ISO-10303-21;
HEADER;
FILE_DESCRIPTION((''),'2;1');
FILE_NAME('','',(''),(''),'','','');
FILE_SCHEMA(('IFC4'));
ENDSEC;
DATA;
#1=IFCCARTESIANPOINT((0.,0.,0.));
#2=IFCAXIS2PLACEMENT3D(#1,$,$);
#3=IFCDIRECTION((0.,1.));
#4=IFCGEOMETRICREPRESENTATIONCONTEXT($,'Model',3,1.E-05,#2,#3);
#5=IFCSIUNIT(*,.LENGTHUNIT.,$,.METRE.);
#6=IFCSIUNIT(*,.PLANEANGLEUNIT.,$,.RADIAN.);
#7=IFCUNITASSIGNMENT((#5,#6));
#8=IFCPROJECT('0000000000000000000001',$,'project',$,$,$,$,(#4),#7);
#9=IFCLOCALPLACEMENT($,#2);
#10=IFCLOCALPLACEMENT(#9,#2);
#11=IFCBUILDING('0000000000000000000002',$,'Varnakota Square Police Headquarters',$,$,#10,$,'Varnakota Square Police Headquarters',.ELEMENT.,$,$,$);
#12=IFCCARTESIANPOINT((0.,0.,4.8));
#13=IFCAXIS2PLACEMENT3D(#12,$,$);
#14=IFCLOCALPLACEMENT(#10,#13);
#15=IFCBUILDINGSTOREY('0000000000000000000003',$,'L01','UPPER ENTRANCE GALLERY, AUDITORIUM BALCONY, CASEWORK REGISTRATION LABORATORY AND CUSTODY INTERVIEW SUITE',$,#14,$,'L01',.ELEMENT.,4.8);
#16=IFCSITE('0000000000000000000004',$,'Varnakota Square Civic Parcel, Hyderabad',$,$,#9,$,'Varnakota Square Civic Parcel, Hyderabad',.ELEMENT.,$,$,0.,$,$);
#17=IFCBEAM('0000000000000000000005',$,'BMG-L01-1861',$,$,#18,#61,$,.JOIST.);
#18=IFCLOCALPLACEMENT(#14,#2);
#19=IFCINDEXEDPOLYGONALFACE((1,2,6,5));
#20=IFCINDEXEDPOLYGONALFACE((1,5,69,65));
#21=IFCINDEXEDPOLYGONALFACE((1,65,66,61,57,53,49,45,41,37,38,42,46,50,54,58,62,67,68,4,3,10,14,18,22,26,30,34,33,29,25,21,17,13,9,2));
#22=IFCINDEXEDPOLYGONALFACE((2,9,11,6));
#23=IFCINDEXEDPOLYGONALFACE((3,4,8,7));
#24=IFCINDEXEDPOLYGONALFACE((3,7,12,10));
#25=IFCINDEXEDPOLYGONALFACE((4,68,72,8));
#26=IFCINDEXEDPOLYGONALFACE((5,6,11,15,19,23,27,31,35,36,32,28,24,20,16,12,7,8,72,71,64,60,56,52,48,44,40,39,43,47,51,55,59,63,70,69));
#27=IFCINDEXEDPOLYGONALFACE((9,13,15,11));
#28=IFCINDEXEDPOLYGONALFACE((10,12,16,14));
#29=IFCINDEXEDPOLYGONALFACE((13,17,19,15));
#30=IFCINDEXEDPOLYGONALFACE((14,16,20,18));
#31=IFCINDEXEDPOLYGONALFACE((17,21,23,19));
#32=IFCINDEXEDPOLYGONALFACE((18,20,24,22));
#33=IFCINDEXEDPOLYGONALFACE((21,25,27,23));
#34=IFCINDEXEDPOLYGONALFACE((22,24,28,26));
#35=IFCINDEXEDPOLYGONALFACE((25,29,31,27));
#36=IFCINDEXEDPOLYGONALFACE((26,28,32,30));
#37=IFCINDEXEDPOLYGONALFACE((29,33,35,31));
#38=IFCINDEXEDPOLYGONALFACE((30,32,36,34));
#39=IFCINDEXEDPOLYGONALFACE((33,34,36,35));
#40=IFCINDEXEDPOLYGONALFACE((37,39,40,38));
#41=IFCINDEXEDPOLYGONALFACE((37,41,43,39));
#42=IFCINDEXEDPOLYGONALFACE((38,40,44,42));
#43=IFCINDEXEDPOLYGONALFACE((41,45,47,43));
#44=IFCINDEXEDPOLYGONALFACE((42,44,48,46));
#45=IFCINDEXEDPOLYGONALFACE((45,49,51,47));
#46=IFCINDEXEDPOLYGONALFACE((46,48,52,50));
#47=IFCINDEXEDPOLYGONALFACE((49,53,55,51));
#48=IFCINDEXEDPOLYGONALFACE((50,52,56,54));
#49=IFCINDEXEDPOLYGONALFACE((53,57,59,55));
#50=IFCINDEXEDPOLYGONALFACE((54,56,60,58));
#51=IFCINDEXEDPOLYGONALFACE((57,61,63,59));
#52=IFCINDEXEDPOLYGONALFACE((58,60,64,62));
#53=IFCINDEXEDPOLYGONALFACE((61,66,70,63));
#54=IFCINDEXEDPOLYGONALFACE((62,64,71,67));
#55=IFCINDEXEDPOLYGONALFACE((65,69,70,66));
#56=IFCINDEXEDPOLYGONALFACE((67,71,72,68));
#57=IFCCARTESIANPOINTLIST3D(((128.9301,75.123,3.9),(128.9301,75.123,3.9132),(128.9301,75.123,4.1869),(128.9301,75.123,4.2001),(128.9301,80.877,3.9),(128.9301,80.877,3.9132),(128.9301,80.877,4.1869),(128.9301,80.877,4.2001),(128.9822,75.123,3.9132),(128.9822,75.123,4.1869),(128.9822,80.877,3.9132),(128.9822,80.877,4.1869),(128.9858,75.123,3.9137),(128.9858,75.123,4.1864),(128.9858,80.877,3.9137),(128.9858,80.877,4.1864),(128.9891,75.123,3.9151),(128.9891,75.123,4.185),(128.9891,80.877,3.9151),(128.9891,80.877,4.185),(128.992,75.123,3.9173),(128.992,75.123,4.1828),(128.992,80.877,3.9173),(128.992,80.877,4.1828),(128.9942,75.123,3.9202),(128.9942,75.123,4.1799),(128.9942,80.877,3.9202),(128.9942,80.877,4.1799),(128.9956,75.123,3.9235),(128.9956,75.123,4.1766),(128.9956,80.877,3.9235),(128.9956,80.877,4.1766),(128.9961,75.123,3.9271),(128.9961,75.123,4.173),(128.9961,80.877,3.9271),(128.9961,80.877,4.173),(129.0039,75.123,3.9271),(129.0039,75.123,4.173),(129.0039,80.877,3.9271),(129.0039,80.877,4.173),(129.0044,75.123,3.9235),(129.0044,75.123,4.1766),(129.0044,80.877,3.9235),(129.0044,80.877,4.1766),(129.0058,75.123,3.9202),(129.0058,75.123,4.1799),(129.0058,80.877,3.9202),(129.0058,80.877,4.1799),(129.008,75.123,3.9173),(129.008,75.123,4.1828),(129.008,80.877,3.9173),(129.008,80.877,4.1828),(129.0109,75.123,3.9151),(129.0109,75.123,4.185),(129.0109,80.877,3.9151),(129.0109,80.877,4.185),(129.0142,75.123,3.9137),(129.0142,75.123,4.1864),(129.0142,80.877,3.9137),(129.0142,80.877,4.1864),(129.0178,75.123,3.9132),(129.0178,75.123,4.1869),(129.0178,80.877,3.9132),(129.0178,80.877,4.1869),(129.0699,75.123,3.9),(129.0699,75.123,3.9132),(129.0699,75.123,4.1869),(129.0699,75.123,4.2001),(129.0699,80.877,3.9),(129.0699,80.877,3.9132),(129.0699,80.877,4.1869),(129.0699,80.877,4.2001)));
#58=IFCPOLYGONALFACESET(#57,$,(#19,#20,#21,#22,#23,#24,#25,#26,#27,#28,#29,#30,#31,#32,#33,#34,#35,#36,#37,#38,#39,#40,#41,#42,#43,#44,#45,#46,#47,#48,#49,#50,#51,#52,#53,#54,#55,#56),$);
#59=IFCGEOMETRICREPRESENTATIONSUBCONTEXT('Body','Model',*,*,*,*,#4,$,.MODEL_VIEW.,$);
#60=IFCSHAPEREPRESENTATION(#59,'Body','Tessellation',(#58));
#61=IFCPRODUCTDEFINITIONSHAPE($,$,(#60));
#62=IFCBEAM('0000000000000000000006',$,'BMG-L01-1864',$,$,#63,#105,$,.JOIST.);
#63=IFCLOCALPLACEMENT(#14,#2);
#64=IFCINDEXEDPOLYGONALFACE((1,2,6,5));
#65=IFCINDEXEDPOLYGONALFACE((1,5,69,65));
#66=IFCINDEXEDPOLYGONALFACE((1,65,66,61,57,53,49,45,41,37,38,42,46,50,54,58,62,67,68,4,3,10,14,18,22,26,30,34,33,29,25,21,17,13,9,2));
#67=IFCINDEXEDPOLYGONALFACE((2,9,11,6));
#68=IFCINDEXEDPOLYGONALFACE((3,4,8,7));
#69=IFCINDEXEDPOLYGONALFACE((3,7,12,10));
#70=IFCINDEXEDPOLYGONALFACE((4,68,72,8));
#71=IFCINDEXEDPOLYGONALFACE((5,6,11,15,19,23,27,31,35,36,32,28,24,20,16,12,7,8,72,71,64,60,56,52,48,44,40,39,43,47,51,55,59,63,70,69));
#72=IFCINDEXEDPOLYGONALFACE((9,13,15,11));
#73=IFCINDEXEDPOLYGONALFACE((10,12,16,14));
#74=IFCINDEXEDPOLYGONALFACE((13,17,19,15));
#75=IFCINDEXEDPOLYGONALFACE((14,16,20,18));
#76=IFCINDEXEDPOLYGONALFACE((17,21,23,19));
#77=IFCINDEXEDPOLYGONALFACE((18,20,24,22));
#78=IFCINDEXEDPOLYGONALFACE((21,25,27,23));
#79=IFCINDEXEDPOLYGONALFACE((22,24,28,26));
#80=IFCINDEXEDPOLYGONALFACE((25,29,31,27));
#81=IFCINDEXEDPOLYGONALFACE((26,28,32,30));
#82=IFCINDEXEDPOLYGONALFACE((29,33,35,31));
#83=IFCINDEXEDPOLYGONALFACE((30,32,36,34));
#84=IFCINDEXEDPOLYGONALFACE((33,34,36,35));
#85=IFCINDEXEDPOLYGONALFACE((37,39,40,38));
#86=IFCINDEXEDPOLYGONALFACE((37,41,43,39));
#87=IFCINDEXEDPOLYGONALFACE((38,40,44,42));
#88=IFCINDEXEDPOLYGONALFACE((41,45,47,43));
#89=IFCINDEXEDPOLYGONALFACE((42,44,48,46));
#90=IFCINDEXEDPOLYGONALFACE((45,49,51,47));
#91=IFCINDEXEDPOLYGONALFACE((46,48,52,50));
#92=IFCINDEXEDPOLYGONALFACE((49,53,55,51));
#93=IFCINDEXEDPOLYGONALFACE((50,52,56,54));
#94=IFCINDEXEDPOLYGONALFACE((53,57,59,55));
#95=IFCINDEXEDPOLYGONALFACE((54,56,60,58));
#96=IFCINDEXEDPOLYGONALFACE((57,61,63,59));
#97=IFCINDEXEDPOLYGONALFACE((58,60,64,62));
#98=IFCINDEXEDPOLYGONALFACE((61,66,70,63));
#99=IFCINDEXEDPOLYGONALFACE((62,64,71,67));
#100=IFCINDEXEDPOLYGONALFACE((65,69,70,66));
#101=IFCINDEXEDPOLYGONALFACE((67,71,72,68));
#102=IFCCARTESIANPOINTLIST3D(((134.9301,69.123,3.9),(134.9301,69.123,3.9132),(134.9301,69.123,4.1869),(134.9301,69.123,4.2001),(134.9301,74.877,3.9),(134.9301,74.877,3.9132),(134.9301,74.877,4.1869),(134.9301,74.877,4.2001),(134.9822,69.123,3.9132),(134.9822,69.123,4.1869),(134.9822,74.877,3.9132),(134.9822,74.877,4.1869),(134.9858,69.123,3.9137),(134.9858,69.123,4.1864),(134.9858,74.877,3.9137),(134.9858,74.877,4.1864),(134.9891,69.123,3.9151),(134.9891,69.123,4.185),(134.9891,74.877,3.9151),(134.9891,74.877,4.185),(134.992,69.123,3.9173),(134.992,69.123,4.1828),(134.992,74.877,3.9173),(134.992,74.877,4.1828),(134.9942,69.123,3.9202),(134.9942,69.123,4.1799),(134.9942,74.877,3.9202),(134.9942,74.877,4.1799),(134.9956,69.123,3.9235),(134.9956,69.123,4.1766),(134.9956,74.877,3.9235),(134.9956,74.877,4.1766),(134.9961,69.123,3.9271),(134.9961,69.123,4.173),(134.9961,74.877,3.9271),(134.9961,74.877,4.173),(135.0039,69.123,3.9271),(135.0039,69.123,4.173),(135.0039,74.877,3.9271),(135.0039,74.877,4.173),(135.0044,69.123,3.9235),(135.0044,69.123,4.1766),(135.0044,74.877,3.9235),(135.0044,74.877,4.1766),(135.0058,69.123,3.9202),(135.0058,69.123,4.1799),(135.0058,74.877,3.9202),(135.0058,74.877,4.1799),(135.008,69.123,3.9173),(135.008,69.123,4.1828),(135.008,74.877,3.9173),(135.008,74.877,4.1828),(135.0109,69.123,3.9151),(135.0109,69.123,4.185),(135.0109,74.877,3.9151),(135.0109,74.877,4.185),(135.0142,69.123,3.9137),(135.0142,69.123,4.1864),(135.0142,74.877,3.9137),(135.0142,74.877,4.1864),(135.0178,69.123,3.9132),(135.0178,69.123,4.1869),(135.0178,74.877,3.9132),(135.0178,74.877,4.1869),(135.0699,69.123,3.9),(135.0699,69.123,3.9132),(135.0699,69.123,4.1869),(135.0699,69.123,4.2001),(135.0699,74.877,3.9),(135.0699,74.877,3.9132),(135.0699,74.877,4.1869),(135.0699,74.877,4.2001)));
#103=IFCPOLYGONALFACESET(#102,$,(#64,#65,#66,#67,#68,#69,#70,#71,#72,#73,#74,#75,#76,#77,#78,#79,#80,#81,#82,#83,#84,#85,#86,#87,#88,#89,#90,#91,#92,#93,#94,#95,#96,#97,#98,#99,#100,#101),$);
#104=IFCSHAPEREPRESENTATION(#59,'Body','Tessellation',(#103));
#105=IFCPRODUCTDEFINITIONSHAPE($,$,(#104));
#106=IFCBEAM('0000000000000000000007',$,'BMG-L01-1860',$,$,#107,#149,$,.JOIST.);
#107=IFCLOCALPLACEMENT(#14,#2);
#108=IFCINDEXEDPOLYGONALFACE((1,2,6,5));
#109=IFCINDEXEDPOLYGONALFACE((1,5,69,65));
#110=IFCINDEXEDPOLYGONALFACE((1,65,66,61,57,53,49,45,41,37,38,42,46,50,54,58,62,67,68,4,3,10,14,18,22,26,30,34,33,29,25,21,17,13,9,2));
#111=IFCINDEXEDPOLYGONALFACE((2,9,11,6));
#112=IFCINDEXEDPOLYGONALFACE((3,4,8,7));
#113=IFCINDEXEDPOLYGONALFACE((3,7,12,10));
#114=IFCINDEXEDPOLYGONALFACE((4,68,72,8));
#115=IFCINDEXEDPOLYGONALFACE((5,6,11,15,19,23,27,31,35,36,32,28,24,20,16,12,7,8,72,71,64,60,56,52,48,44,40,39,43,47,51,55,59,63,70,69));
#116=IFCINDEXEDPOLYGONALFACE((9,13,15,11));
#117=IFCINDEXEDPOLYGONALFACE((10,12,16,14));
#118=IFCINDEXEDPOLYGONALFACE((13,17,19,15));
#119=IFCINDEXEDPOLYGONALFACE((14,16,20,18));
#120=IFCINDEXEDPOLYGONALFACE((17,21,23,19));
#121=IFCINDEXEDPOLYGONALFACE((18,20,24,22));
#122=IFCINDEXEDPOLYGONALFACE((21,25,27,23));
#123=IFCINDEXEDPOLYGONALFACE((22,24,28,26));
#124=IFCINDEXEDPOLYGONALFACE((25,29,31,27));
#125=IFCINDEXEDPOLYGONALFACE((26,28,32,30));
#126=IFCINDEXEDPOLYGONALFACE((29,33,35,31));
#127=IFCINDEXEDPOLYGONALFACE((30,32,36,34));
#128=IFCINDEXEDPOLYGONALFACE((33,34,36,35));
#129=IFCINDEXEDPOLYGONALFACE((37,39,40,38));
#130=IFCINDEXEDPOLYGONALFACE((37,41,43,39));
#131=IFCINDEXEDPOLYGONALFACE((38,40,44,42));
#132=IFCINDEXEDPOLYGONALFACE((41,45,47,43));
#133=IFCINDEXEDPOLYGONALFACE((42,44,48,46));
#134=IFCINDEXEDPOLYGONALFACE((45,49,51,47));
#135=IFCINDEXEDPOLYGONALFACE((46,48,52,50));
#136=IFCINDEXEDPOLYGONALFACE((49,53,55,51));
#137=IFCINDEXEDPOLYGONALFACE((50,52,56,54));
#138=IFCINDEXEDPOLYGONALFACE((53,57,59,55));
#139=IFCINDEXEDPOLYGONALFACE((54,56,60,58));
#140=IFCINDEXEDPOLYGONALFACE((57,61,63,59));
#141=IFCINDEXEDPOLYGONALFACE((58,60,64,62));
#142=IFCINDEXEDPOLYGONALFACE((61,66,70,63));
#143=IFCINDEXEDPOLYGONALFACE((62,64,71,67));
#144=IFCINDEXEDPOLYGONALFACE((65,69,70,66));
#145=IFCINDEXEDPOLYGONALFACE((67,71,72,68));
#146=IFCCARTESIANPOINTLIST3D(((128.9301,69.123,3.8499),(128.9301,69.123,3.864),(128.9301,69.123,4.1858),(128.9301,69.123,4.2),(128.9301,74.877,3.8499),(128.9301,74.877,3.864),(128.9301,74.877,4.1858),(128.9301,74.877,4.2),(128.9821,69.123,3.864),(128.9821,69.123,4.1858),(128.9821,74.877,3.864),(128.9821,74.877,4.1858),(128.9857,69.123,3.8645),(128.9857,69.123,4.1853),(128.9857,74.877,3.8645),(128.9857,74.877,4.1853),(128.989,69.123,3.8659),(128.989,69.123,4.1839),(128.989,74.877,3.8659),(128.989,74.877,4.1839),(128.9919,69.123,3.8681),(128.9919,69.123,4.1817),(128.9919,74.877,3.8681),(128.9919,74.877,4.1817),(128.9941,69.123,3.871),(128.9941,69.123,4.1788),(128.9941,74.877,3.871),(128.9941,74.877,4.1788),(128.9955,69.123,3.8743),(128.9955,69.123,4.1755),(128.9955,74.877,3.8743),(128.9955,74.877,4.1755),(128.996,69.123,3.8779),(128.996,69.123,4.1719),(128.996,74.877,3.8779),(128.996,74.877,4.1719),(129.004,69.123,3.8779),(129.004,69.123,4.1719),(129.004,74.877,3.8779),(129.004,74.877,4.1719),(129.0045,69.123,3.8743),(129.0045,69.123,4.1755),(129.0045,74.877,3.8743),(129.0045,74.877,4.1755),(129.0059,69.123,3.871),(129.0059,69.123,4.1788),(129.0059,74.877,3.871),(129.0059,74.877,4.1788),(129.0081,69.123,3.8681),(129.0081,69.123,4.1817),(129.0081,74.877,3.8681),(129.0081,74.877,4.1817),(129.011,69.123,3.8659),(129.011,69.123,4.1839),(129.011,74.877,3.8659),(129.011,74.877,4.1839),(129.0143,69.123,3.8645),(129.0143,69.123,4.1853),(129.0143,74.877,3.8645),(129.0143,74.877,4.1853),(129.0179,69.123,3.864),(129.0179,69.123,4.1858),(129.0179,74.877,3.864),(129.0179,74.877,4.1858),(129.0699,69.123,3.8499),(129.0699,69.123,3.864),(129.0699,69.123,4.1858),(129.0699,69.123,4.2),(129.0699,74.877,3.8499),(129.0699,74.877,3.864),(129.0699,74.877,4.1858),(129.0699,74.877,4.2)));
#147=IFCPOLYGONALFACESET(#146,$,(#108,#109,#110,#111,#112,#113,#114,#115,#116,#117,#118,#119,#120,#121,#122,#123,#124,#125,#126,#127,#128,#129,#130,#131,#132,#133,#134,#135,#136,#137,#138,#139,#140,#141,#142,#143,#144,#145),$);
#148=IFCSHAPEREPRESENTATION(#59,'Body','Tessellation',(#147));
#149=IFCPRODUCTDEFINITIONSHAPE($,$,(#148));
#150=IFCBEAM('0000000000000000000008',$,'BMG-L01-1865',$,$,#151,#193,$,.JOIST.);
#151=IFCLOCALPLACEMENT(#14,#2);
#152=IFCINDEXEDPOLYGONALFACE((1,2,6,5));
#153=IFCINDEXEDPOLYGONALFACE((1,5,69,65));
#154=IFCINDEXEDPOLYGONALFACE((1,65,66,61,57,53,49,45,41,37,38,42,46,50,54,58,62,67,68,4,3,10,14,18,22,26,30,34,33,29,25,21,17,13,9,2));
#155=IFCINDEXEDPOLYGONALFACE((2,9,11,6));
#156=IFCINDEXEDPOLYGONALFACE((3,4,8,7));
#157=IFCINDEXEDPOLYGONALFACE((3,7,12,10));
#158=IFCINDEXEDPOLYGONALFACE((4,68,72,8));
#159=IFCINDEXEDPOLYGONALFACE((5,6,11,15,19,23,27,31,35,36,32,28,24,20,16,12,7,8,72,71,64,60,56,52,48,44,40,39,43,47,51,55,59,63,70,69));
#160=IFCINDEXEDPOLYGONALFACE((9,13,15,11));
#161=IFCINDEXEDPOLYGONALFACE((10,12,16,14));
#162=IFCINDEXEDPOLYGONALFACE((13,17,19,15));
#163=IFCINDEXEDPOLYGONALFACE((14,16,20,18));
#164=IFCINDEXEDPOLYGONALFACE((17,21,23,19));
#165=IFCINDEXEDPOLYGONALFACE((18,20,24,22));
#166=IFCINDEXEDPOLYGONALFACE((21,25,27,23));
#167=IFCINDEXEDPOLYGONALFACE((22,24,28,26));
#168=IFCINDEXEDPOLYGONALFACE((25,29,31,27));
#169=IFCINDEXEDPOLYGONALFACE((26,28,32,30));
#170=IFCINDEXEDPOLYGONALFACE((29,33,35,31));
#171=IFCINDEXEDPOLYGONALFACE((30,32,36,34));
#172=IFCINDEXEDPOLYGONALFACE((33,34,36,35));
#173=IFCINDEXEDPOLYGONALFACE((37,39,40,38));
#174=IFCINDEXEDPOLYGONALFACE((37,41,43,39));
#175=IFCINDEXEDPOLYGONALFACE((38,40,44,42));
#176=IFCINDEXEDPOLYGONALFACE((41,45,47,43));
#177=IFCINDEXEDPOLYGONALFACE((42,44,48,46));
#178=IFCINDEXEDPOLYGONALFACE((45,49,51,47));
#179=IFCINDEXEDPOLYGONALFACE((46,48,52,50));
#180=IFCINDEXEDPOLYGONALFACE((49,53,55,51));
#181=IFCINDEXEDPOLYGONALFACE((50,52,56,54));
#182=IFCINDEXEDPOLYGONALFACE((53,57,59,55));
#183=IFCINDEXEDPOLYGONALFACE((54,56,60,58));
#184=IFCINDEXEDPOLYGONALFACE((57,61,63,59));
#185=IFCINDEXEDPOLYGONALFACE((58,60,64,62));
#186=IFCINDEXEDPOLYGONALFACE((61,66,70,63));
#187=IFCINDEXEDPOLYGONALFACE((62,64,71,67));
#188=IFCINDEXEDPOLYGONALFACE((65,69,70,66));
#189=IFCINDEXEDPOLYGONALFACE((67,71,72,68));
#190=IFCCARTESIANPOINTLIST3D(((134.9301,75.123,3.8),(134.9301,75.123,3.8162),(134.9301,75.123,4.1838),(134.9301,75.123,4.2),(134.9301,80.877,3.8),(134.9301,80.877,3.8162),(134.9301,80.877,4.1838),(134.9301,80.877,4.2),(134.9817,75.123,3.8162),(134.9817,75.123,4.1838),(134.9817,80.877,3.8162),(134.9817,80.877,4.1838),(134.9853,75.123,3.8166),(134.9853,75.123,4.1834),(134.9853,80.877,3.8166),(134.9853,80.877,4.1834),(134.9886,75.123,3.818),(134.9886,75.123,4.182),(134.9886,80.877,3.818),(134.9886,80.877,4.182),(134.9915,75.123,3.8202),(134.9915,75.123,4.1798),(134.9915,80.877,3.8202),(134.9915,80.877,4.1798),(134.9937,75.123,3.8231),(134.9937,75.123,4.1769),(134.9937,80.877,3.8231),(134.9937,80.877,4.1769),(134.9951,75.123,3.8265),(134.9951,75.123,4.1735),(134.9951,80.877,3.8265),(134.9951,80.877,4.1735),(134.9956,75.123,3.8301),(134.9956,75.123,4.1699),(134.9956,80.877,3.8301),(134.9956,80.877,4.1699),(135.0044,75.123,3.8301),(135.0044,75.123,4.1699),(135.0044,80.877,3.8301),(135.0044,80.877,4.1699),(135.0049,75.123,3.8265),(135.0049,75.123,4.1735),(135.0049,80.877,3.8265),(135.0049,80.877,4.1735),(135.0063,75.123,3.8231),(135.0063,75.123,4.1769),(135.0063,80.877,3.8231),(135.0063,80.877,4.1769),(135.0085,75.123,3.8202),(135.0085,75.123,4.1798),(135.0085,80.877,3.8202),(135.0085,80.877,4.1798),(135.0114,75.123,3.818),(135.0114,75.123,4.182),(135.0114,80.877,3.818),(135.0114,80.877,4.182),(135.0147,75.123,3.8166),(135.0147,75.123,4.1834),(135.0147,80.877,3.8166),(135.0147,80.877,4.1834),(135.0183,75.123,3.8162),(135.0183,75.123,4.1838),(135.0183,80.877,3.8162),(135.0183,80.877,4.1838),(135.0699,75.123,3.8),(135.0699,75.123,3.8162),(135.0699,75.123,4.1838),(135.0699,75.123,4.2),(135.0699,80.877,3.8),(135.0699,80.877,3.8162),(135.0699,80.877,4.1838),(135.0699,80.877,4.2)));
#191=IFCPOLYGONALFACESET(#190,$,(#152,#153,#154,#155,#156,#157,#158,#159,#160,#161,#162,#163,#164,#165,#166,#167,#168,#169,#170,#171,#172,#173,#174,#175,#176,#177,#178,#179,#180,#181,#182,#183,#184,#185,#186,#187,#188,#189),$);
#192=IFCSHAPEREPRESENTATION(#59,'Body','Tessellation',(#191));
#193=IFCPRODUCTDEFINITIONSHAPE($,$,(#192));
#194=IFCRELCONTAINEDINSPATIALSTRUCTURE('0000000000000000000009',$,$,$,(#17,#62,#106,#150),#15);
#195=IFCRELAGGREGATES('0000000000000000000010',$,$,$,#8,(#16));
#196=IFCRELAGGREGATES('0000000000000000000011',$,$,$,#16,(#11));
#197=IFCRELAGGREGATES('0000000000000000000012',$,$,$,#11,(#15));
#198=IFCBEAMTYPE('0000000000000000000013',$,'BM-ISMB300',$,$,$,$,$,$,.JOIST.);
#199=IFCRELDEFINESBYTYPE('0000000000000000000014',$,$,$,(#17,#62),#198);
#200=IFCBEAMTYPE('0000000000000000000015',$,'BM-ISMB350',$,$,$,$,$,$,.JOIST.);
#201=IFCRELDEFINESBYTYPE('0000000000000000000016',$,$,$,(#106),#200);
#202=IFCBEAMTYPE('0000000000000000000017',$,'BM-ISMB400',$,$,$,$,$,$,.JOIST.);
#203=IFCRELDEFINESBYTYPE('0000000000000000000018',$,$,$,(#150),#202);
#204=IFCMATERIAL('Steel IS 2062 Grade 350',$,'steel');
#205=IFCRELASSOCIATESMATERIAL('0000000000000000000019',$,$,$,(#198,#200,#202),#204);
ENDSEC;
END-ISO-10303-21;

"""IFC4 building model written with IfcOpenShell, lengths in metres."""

from ifc_helpers import new_model, si_unit, direction, frame, origin, origin_2d, place, context, subcontext, project, spatial, i_section, extrude, material, material_profile, profile_set, type_object, element, save


model = new_model("IFC4")

# Units and contexts
model_context = context("Model", 3, precision=1e-05, world=origin(), true_north=direction((0.0, 1.0)))
body_context = subcontext(model_context, "Body", "Model", "MODEL_VIEW")
ifc_project = project(units=[si_unit("LENGTHUNIT", "METRE"), si_unit("PLANEANGLEUNIT", "RADIAN")], contexts=[model_context])

# Site, building, storey
site_placement = place(None, origin())
site = spatial("IfcSite", under=ifc_project, at=site_placement, Name="Varnakota Square Civic Parcel, Hyderabad", LongName="Varnakota Square Civic Parcel, Hyderabad", CompositionType="ELEMENT", RefElevation=0.0)
building_placement = place(site_placement, origin())
building = spatial("IfcBuilding", under=site, at=building_placement, Name="Varnakota Square Police Headquarters", LongName="Varnakota Square Police Headquarters", CompositionType="ELEMENT")
storey_placement = place(building_placement, frame((0.0, 0.0, 4.8)))
storey = spatial("IfcBuildingStorey", under=building, at=storey_placement, Name="L01", Description="UPPER ENTRANCE GALLERY, AUDITORIUM BALCONY, CASEWORK REGISTRATION LABORATORY AND CUSTODY INTERVIEW SUITE", LongName="L01", CompositionType="ELEMENT", Elevation=4.8)

# Shared definitions
ifc_material_1 = material(Name="Steel IS 2062 Grade 350", Category="steel")

# Beams
ifc_material_profile_1 = material_profile(ifc_material_1, i_section(OverallWidth=0.1399, OverallDepth=0.3, WebThickness=0.0078, FlangeThickness=0.0132, FilletRadius=0.0139, at=origin_2d()), Name="ISMB 300")
ifc_profile_set_1 = profile_set([ifc_material_profile_1], Name="Steel IS 2062 Grade 350")
beam_type_1 = type_object("IfcBeamType", Name="BM-ISMB300", PredefinedType="JOIST", material=ifc_profile_set_1)
for number, where, z_axis, x_axis, name in (
    (1, (129.0, 75.123, 4.05), (0.0, 1.0, 0.0), (-1.0, 0.0, 0.0), "BMG-L01-1861"),
    (2, (135.0, 69.123, 4.05), (0.0, 1.0, 0.0), (-1.0, 0.0, 0.0), "BMG-L01-1864"),
):
    element("IfcBeam", number, at=place(storey_placement, frame(where, z_axis=z_axis, x_axis=x_axis)), inside=storey, type_object=beam_type_1, Name=name, PredefinedType="JOIST", context=body_context, shape_type="SweptSolid", body=[
        extrude(i_section(OverallWidth=0.1399, OverallDepth=0.3, WebThickness=0.0078, FlangeThickness=0.0132, FilletRadius=0.0139, at=origin_2d()), origin(), (0.0, 0.0, 1.0), 5.7539),
    ])
ifc_material_profile_2 = material_profile(ifc_material_1, i_section(OverallWidth=0.1399, OverallDepth=0.3501, WebThickness=0.0081, FlangeThickness=0.0142, FilletRadius=0.0139, at=origin_2d()), Name="ISMB 350")
ifc_profile_set_2 = profile_set([ifc_material_profile_2], Name="Steel IS 2062 Grade 350")
beam_type_2 = type_object("IfcBeamType", Name="BM-ISMB350", PredefinedType="JOIST", material=ifc_profile_set_2)
beam_1_placement = place(storey_placement, frame((129.0, 69.123, 4.0249), z_axis=(0.0, 1.0, 0.0), x_axis=(-1.0, 0.0, 0.0)))
element("IfcBeam", 3, at=beam_1_placement, inside=storey, type_object=beam_type_2, Name="BMG-L01-1860", PredefinedType="JOIST", context=body_context, shape_type="SweptSolid", body=[
    extrude(i_section(OverallWidth=0.1399, OverallDepth=0.3501, WebThickness=0.0081, FlangeThickness=0.0142, FilletRadius=0.0139, at=origin_2d()), origin(), (0.0, 0.0, 1.0), 5.7539),
])
ifc_material_profile_3 = material_profile(ifc_material_1, i_section(OverallWidth=0.1399, OverallDepth=0.3999, WebThickness=0.0088, FlangeThickness=0.0161, FilletRadius=0.0139, at=origin_2d()), Name="ISMB 400")
ifc_profile_set_3 = profile_set([ifc_material_profile_3], Name="Steel IS 2062 Grade 350")
beam_type_3 = type_object("IfcBeamType", Name="BM-ISMB400", PredefinedType="JOIST", material=ifc_profile_set_3)
beam_2_placement = place(storey_placement, frame((135.0, 75.123, 4.0), z_axis=(0.0, 1.0, 0.0), x_axis=(-1.0, 0.0, 0.0)))
element("IfcBeam", 4, at=beam_2_placement, inside=storey, type_object=beam_type_3, Name="BMG-L01-1865", PredefinedType="JOIST", context=body_context, shape_type="SweptSolid", body=[
    extrude(i_section(OverallWidth=0.1399, OverallDepth=0.3999, WebThickness=0.0088, FlangeThickness=0.0161, FilletRadius=0.0139, at=origin_2d()), origin(), (0.0, 0.0, 1.0), 5.7539),
])

save(model, "model.ifc")
